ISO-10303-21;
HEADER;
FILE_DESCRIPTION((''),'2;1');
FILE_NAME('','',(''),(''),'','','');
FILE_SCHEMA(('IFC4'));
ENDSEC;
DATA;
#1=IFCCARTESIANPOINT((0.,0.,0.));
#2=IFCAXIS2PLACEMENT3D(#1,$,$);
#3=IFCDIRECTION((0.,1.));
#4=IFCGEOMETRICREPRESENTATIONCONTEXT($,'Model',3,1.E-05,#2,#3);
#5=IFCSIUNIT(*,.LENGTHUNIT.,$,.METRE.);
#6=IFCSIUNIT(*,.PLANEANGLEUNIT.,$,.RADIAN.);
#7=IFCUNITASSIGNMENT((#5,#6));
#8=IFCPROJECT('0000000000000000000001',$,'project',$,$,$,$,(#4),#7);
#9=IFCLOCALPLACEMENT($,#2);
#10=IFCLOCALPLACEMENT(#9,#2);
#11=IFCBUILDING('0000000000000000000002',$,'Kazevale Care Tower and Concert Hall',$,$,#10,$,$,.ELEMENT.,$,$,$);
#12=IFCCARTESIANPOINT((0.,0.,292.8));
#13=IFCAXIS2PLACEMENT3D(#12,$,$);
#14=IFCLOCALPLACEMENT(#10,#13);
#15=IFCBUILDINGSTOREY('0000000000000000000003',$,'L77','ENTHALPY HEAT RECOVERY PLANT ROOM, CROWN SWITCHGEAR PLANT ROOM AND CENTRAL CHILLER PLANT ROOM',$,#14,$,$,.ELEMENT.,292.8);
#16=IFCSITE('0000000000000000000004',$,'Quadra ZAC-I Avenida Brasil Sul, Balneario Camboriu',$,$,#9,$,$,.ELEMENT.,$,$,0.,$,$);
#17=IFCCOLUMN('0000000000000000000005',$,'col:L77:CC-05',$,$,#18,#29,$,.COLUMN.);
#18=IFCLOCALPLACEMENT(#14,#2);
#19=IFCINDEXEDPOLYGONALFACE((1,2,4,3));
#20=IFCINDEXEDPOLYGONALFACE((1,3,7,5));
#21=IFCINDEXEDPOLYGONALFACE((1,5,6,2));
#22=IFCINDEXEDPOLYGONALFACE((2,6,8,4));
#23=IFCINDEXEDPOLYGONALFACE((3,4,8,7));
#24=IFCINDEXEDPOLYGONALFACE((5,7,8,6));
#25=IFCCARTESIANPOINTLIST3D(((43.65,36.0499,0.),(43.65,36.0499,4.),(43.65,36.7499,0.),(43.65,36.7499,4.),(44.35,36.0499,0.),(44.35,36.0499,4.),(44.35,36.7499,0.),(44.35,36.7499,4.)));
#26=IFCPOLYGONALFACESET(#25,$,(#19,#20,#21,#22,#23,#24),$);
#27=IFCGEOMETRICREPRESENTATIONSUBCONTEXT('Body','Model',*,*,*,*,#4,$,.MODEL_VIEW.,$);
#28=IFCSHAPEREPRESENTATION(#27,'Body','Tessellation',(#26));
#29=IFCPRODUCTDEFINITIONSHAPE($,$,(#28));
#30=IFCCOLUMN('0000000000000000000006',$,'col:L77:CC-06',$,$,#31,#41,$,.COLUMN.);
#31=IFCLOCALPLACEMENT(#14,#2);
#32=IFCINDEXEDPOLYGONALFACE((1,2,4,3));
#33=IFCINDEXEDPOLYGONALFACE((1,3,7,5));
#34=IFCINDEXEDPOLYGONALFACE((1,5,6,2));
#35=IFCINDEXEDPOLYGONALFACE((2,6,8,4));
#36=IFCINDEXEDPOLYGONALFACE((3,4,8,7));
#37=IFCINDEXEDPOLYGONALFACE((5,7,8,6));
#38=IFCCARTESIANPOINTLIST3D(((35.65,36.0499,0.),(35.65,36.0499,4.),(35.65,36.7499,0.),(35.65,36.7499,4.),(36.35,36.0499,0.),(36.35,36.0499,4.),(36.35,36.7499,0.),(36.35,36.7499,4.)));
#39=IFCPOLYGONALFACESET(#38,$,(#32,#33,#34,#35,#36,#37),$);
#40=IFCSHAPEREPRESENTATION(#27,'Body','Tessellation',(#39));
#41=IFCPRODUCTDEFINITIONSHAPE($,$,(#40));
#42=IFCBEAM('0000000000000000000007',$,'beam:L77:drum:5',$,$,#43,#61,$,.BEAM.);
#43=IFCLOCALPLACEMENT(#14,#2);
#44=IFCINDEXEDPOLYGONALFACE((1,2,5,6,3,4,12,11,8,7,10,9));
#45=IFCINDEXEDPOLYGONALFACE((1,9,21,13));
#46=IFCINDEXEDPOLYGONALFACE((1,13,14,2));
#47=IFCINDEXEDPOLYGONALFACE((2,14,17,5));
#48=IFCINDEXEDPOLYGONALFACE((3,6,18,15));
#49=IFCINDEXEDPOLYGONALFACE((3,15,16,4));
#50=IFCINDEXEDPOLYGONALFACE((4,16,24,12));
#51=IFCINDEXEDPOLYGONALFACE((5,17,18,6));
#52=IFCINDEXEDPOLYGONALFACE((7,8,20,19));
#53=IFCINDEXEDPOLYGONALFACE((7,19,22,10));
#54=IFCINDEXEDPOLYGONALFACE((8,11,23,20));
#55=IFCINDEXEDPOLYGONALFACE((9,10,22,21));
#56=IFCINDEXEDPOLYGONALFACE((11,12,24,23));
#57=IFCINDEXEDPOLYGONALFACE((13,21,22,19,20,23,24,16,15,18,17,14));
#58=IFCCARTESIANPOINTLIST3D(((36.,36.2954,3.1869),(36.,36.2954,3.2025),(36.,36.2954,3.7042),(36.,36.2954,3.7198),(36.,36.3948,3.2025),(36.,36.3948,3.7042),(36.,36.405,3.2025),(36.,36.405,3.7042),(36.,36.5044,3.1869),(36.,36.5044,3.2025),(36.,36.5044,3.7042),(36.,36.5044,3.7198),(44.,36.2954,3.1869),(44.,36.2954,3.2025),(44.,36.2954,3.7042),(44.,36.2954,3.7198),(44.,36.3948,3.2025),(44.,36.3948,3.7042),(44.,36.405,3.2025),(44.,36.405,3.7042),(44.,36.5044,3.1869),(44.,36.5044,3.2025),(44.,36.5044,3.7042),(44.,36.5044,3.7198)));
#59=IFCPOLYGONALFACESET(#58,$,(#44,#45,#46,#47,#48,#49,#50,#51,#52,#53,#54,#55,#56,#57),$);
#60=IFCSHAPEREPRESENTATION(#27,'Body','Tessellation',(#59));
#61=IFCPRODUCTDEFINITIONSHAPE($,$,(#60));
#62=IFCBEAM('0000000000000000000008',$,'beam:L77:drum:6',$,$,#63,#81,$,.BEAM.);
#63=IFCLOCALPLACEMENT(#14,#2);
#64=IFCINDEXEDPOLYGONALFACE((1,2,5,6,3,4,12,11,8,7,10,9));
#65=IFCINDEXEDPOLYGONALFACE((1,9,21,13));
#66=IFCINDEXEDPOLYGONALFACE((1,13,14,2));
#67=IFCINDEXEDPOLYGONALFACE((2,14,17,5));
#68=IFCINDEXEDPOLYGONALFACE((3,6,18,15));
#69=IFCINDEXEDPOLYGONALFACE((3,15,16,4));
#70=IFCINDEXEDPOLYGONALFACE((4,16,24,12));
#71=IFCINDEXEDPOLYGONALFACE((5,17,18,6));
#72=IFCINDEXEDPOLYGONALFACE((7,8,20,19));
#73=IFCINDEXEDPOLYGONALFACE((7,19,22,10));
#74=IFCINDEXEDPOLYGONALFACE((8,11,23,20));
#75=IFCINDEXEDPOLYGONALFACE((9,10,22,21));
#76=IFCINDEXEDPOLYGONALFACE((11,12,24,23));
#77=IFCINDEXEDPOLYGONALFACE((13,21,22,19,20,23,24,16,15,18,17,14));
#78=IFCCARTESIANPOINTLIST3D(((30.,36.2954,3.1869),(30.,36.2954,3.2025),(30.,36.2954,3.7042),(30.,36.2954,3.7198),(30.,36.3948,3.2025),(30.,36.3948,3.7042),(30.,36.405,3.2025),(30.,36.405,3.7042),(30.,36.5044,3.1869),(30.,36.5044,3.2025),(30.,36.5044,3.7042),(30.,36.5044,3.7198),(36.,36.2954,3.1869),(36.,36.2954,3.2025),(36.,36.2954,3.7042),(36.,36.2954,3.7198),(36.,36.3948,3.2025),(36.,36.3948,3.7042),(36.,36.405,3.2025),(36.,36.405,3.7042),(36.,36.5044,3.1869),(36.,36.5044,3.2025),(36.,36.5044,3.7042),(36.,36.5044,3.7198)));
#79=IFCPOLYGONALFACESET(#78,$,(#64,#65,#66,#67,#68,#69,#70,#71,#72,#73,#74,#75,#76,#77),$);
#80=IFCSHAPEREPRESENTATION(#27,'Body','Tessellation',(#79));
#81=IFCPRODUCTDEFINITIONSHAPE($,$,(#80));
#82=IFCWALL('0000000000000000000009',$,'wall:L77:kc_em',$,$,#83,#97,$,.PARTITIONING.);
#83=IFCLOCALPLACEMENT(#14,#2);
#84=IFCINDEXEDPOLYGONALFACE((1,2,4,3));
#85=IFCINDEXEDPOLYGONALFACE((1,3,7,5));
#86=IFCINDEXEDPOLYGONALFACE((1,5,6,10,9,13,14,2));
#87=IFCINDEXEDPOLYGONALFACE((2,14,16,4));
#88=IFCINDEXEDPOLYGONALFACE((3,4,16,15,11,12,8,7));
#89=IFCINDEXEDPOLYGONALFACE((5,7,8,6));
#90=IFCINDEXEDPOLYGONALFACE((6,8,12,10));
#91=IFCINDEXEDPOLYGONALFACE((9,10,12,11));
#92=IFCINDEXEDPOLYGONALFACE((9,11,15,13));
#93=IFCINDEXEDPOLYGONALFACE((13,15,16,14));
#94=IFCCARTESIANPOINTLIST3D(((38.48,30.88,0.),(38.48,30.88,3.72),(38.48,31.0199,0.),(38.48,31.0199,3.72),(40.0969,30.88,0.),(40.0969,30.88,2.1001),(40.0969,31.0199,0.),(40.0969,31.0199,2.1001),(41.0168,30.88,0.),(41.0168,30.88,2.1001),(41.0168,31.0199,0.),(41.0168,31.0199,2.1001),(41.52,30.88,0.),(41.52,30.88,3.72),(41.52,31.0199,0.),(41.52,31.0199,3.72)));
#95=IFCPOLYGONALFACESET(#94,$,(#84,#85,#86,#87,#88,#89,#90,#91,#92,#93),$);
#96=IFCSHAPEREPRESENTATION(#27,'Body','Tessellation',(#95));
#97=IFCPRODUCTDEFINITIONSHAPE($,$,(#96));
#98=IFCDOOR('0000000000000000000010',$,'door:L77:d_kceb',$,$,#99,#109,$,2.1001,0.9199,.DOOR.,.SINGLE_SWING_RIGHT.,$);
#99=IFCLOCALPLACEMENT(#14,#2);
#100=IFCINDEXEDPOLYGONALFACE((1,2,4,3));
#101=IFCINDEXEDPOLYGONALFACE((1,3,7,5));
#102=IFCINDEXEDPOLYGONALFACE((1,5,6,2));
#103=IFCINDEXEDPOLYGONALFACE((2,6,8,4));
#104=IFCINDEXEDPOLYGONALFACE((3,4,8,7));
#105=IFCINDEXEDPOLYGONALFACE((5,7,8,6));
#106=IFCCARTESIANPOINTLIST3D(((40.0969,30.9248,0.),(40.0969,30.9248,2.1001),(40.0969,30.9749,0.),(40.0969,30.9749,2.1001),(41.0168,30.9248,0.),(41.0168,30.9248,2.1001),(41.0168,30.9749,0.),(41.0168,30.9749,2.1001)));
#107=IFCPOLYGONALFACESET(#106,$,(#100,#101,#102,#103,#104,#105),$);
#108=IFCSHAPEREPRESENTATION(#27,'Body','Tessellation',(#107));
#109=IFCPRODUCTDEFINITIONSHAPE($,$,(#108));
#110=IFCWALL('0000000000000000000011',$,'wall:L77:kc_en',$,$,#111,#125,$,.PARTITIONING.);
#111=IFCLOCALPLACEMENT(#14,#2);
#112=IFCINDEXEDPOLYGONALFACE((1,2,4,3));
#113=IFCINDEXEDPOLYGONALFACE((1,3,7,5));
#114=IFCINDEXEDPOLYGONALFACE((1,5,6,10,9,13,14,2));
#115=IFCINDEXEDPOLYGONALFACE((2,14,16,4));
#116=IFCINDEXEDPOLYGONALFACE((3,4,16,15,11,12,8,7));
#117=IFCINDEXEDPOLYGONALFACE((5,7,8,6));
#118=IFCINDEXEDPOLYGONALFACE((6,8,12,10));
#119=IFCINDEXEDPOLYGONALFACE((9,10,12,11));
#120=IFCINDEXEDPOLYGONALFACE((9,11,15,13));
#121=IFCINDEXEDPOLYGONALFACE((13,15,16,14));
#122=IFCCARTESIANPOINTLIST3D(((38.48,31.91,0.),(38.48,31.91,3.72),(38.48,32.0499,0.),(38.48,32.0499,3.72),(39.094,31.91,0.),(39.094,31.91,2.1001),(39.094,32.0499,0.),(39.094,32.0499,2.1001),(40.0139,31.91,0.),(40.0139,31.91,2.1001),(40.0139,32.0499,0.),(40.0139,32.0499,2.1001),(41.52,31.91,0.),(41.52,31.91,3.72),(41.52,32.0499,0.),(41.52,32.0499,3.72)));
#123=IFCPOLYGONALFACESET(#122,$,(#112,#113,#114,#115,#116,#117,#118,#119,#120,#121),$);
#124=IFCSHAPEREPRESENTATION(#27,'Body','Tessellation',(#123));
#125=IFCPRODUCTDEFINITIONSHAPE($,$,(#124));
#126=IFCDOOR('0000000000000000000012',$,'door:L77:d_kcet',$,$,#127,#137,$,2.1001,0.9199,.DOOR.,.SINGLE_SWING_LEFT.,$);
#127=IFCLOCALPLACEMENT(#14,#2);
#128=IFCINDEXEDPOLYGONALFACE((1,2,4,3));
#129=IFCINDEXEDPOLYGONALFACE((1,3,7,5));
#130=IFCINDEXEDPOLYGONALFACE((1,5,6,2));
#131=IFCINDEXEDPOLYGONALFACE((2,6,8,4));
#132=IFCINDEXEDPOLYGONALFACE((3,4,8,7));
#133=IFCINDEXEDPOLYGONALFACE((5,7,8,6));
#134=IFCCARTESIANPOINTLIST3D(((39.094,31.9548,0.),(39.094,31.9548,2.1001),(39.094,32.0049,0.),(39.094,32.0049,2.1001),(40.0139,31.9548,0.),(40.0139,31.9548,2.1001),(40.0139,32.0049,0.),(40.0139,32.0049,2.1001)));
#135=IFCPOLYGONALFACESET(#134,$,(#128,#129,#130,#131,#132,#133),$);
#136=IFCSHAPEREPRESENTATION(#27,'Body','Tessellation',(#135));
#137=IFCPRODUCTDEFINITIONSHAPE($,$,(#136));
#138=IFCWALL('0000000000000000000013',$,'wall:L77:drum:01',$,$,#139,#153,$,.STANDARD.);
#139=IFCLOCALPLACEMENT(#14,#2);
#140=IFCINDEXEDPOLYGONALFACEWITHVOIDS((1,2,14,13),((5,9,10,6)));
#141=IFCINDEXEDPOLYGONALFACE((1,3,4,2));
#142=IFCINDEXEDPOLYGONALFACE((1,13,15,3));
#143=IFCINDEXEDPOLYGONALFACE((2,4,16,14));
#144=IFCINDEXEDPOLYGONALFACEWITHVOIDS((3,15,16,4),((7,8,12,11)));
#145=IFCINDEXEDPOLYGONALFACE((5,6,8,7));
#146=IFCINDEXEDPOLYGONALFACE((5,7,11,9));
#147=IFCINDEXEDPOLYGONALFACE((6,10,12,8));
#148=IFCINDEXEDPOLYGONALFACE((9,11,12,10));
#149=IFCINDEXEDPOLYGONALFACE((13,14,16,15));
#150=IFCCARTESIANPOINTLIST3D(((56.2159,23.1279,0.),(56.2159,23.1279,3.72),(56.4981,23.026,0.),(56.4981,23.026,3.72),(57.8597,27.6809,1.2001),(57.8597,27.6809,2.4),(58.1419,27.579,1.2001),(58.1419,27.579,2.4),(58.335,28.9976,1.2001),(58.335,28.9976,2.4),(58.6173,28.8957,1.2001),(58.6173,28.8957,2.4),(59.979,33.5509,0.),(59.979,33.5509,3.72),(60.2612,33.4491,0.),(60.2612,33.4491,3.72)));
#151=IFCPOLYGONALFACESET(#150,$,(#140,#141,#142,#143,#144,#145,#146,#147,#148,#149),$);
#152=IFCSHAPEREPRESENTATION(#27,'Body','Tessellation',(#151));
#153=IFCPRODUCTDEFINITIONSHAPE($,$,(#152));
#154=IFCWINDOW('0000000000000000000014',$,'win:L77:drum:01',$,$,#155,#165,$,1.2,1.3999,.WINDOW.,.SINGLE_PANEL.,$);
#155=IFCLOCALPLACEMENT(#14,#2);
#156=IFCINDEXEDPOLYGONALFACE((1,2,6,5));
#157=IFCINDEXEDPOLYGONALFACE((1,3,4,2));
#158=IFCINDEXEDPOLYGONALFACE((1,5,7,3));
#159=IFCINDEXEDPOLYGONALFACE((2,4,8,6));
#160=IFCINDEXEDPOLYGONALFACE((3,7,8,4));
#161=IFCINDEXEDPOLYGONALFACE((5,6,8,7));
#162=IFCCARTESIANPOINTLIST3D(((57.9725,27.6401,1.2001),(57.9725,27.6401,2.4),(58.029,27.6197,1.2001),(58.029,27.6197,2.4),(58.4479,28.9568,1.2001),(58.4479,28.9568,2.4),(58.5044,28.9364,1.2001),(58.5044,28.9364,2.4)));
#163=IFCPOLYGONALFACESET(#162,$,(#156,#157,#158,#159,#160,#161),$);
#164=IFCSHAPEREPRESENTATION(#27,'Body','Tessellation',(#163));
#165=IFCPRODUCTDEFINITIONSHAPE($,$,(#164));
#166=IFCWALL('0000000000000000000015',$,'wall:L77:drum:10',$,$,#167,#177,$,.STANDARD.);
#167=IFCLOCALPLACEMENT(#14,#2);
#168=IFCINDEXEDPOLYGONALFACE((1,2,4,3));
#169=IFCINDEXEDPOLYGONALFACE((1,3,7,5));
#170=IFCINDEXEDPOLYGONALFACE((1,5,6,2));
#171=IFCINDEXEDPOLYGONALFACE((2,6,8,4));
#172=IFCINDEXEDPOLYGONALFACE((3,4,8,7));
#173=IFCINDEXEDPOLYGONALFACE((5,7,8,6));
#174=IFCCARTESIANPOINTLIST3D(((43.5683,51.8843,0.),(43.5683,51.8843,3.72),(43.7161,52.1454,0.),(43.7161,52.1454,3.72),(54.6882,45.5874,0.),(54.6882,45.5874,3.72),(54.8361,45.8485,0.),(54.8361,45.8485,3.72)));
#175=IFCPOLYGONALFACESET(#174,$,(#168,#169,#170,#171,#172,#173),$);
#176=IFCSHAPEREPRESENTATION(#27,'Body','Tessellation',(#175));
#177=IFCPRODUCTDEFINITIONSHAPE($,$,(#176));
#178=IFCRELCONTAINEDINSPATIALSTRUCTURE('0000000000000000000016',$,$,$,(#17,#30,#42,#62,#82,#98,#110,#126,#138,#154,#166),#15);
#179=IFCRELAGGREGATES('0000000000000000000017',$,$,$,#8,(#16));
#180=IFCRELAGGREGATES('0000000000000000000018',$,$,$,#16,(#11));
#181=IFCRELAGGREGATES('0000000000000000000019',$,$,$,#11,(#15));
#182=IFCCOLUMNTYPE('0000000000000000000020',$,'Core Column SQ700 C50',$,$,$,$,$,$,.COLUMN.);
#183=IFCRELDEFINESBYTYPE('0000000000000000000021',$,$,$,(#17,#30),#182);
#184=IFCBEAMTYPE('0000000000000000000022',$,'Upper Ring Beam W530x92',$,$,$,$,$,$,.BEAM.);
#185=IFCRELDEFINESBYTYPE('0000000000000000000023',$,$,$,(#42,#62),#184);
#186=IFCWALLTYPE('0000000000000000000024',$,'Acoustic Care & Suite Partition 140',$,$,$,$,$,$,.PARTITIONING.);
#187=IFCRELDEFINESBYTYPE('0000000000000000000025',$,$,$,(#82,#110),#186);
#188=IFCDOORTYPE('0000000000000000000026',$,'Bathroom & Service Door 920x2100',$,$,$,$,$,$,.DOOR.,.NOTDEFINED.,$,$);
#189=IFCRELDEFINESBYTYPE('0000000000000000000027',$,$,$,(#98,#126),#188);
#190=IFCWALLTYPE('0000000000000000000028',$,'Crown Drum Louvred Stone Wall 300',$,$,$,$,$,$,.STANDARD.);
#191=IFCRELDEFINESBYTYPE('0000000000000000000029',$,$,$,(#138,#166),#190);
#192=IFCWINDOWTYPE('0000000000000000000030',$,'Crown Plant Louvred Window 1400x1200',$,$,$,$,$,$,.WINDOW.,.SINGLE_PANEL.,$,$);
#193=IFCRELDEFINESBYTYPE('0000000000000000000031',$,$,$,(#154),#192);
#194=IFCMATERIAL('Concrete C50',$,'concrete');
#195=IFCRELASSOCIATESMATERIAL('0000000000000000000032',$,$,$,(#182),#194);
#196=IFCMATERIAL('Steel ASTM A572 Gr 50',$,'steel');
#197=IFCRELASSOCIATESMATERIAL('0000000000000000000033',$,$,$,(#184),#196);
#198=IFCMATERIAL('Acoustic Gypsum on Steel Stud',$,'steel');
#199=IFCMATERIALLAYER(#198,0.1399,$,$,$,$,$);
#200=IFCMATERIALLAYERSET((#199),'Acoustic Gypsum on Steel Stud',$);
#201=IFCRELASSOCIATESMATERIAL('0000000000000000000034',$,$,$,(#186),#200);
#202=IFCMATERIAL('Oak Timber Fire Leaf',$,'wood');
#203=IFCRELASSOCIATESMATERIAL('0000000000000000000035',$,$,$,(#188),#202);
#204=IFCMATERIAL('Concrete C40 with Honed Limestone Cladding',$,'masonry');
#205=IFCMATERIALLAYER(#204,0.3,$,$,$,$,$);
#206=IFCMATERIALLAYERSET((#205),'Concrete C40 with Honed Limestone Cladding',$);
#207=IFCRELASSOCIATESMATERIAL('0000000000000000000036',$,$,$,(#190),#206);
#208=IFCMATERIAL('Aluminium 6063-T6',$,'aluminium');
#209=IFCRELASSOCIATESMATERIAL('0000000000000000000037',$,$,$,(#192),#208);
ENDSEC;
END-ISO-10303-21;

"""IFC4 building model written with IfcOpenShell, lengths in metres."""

from ifc_helpers import new_model, si_unit, direction, frame, frame_2d, origin, origin_2d, place, context, subcontext, project, spatial, rectangle, i_section, extrude, material, layer, layer_set, material_profile, profile_set, type_object, element, fill, save


model = new_model("IFC4")

# Units and contexts
model_context = context("Model", 3, precision=1e-05, world=origin(), true_north=direction((0.0, 1.0)))
body_context = subcontext(model_context, "Body", "Model", "MODEL_VIEW")
ifc_project = project(units=[si_unit("LENGTHUNIT", "METRE"), si_unit("PLANEANGLEUNIT", "RADIAN")], contexts=[model_context])

# Site, building, storey
site_placement = place(None, origin())
site = spatial("IfcSite", under=ifc_project, at=site_placement, Name="Quadra ZAC-I Avenida Brasil Sul, Balneario Camboriu", CompositionType="ELEMENT", RefElevation=0.0)
building_placement = place(site_placement, origin())
building = spatial("IfcBuilding", under=site, at=building_placement, Name="Kazevale Care Tower and Concert Hall", CompositionType="ELEMENT")
storey_placement = place(building_placement, frame((0.0, 0.0, 292.8)))
storey = spatial("IfcBuildingStorey", under=building, at=storey_placement, Name="L77", Description="ENTHALPY HEAT RECOVERY PLANT ROOM, CROWN SWITCHGEAR PLANT ROOM AND CENTRAL CHILLER PLANT ROOM", CompositionType="ELEMENT", Elevation=292.8)

# Columns
ifc_material_1 = material(Name="Concrete C50", Category="concrete")
ifc_material_profile_1 = material_profile(ifc_material_1, rectangle(XDim=0.7, YDim=0.7, at=origin_2d()), Name="RC-SQ700")
ifc_profile_set_1 = profile_set([ifc_material_profile_1], Name="Concrete C50")
column_type = type_object("IfcColumnType", Name="Core Column SQ700 C50", PredefinedType="COLUMN", material=ifc_profile_set_1)
for number, where, z_axis, x_axis, name in (
    (1, (44.0, 36.3999, 0.0), (0.0, 0.0, 1.0), (1.0, 0.0, 0.0), "col:L77:CC-05"),
    (2, (36.0, 36.3999, 0.0), (0.0, 0.0, 1.0), (1.0, 0.0, 0.0), "col:L77:CC-06"),
):
    element("IfcColumn", number, at=place(storey_placement, frame(where, z_axis=z_axis, x_axis=x_axis)), inside=storey, type_object=column_type, Name=name, PredefinedType="COLUMN", context=body_context, shape_type="SweptSolid", body=[
        extrude(rectangle(XDim=0.7, YDim=0.7, at=origin_2d()), origin(), (0.0, 0.0, 1.0), 4.0),
    ])

# Beams
ifc_material_2 = material(Name="Steel ASTM A572 Gr 50", Category="steel")
ifc_material_profile_2 = material_profile(ifc_material_2, i_section(OverallWidth=0.209, OverallDepth=0.533, WebThickness=0.0103, FlangeThickness=0.0156, at=origin_2d()), Name="W530x92")
ifc_profile_set_2 = profile_set([ifc_material_profile_2], Name="Steel ASTM A572 Gr 50")
beam_type = type_object("IfcBeamType", Name="Upper Ring Beam W530x92", PredefinedType="BEAM", material=ifc_profile_set_2)
beam_1_placement = place(storey_placement, frame((44.0, 36.3999, 3.4534), z_axis=(-1.0, 0.0, 0.0), x_axis=(0.0, -1.0, 0.0)))
element("IfcBeam", 3, at=beam_1_placement, inside=storey, type_object=beam_type, Name="beam:L77:drum:5", PredefinedType="BEAM", context=body_context, shape_type="SweptSolid", body=[
    extrude(i_section(OverallWidth=0.209, OverallDepth=0.533, WebThickness=0.0103, FlangeThickness=0.0156, at=origin_2d()), origin(), (0.0, 0.0, 1.0), 8.0),
])
beam_2_placement = place(storey_placement, frame((36.0, 36.3999, 3.4534), z_axis=(-1.0, 0.0, 0.0), x_axis=(0.0, -1.0, 0.0)))
element("IfcBeam", 4, at=beam_2_placement, inside=storey, type_object=beam_type, Name="beam:L77:drum:6", PredefinedType="BEAM", context=body_context, shape_type="SweptSolid", body=[
    extrude(i_section(OverallWidth=0.209, OverallDepth=0.533, WebThickness=0.0103, FlangeThickness=0.0156, at=origin_2d()), origin(), (0.0, 0.0, 1.0), 6.0),
])

# Walls, openings, doors
ifc_material_3 = material(Name="Acoustic Gypsum on Steel Stud", Category="steel")
ifc_layer_1 = layer(ifc_material_3, 0.1399)
ifc_layer_set_1 = layer_set([ifc_layer_1], Name="Acoustic Gypsum on Steel Stud")
wall_type_1 = type_object("IfcWallType", Name="Acoustic Care & Suite Partition 140", PredefinedType="PARTITIONING", material=ifc_layer_set_1)
wall_1_placement = place(storey_placement, frame((38.48, 30.95, 0.0), z_axis=(0.0, 0.0, 1.0), x_axis=(1.0, 0.0, 0.0)))
wall_1 = element("IfcWall", 5, at=wall_1_placement, inside=storey, type_object=wall_type_1, Name="wall:L77:kc_em", PredefinedType="PARTITIONING", context=body_context, shape_type="SweptSolid", body=[
    extrude(rectangle(XDim=3.04, YDim=0.1399, at=frame_2d((1.52, 0.0))), origin(), (0.0, 0.0, 1.0), 3.72),
])
opening_1_placement = place(wall_1_placement, frame((1.6169, 0.0, 0.0)))
opening_1 = element("IfcOpeningElement", 6, at=opening_1_placement, cuts=wall_1, PredefinedType="OPENING", context=body_context, shape_type="SweptSolid", body=[
    extrude(rectangle(XDim=0.9199, YDim=2.1001, at=frame_2d((0.46, 1.05))), frame((0.0, 0.0798, 0.0), z_axis=(0.0, -1.0, 0.0), x_axis=(1.0, 0.0, 0.0)), (0.0, 0.0, 1.0), 0.1599),
])
ifc_material_4 = material(Name="Oak Timber Fire Leaf", Category="wood")
door_type_1 = type_object("IfcDoorType", Name="Bathroom & Service Door 920x2100", OperationType="NOTDEFINED", PredefinedType="DOOR", material=ifc_material_4)
door_1_placement = place(opening_1_placement, origin())
door_1 = element("IfcDoor", 7, at=door_1_placement, inside=storey, type_object=door_type_1, Name="door:L77:d_kceb", OperationType="SINGLE_SWING_RIGHT", OverallHeight=2.1001, OverallWidth=0.9199, PredefinedType="DOOR", context=body_context, shape_type="SweptSolid", body=[
    extrude(rectangle(XDim=0.9199, YDim=2.1001, at=frame_2d((0.46, 1.05))), frame((0.0, 0.0249, 0.0), z_axis=(0.0, -1.0, 0.0), x_axis=(1.0, 0.0, 0.0)), (0.0, 0.0, 1.0), 0.05),
])
fill(opening_1, door_1)
wall_2_placement = place(storey_placement, frame((38.48, 31.98, 0.0), z_axis=(0.0, 0.0, 1.0), x_axis=(1.0, 0.0, 0.0)))
wall_2 = element("IfcWall", 8, at=wall_2_placement, inside=storey, type_object=wall_type_1, Name="wall:L77:kc_en", PredefinedType="PARTITIONING", context=body_context, shape_type="SweptSolid", body=[
    extrude(rectangle(XDim=3.04, YDim=0.1399, at=frame_2d((1.52, 0.0))), origin(), (0.0, 0.0, 1.0), 3.72),
])
opening_2_placement = place(wall_2_placement, frame((0.614, 0.0, 0.0)))
opening_2 = element("IfcOpeningElement", 9, at=opening_2_placement, cuts=wall_2, PredefinedType="OPENING", context=body_context, shape_type="SweptSolid", body=[
    extrude(rectangle(XDim=0.9199, YDim=2.1001, at=frame_2d((0.46, 1.05))), frame((0.0, 0.0798, 0.0), z_axis=(0.0, -1.0, 0.0), x_axis=(1.0, 0.0, 0.0)), (0.0, 0.0, 1.0), 0.1599),
])
door_2_placement = place(opening_2_placement, origin())
door_2 = element("IfcDoor", 10, at=door_2_placement, inside=storey, type_object=door_type_1, Name="door:L77:d_kcet", OperationType="SINGLE_SWING_LEFT", OverallHeight=2.1001, OverallWidth=0.9199, PredefinedType="DOOR", context=body_context, shape_type="SweptSolid", body=[
    extrude(rectangle(XDim=0.9199, YDim=2.1001, at=frame_2d((0.46, 1.05))), frame((0.0, 0.0249, 0.0), z_axis=(0.0, -1.0, 0.0), x_axis=(1.0, 0.0, 0.0)), (0.0, 0.0, 1.0), 0.05),
])
fill(opening_2, door_2)

# Wall, opening, window
ifc_material_5 = material(Name="Concrete C40 with Honed Limestone Cladding", Category="masonry")
ifc_layer_2 = layer(ifc_material_5, 0.3)
ifc_layer_set_2 = layer_set([ifc_layer_2], Name="Concrete C40 with Honed Limestone Cladding")
wall_type_2 = type_object("IfcWallType", Name="Crown Drum Louvred Stone Wall 300", PredefinedType="STANDARD", material=ifc_layer_set_2)
wall_3_placement = place(storey_placement, frame((60.1201, 33.5, 0.0), z_axis=(0.0, 0.0, 1.0), x_axis=(-0.339588, -0.940574, 0.0)))
wall_3 = element("IfcWall", 11, at=wall_3_placement, inside=storey, type_object=wall_type_2, Name="wall:L77:drum:01", PredefinedType="STANDARD", context=body_context, shape_type="SweptSolid", body=[
    extrude(rectangle(XDim=11.0815, YDim=0.3, at=frame_2d((5.5408, 0.0))), origin(), (0.0, 0.0, 1.0), 3.72),
])
opening_3_placement = place(wall_3_placement, frame((4.8411, 0.0, 1.2)))
opening_3 = element("IfcOpeningElement", 12, at=opening_3_placement, cuts=wall_3, PredefinedType="OPENING", context=body_context, shape_type="SweptSolid", body=[
    extrude(rectangle(XDim=1.3999, YDim=1.2, at=frame_2d((0.7, 0.6001))), frame((0.0, 0.1599, 0.0), z_axis=(0.0, -1.0, 0.0), x_axis=(1.0, 0.0, 0.0)), (0.0, 0.0, 1.0), 0.3201),
])
ifc_material_6 = material(Name="Aluminium 6063-T6", Category="aluminium")
window_type = type_object("IfcWindowType", Name="Crown Plant Louvred Window 1400x1200", PartitioningType="SINGLE_PANEL", PredefinedType="WINDOW", material=ifc_material_6)
window_1_placement = place(opening_3_placement, origin())
window_1 = element("IfcWindow", 13, at=window_1_placement, inside=storey, type_object=window_type, Name="win:L77:drum:01", OverallHeight=1.2, OverallWidth=1.3999, PartitioningType="SINGLE_PANEL", PredefinedType="WINDOW", context=body_context, shape_type="SweptSolid", body=[
    extrude(rectangle(XDim=1.3999, YDim=1.2, at=frame_2d((0.7, 0.6001))), frame((0.0, 0.03, 0.0), z_axis=(0.0, -1.0, 0.0), x_axis=(1.0, 0.0, 0.0)), (0.0, 0.0, 1.0), 0.0601),
])
fill(opening_3, window_1)

# Wall
wall_4_placement = place(storey_placement, frame((43.6421, 52.0149, 0.0), z_axis=(0.0, 0.0, 1.0), x_axis=(0.870169, -0.492753, 0.0)))
element("IfcWall", 14, at=wall_4_placement, inside=storey, type_object=wall_type_2, Name="wall:L77:drum:10", PredefinedType="STANDARD", context=body_context, shape_type="SweptSolid", body=[
    extrude(rectangle(XDim=12.7791, YDim=0.3, at=frame_2d((6.3896, 0.0))), origin(), (0.0, 0.0, 1.0), 3.72),
])

save(model, "model.ifc")
